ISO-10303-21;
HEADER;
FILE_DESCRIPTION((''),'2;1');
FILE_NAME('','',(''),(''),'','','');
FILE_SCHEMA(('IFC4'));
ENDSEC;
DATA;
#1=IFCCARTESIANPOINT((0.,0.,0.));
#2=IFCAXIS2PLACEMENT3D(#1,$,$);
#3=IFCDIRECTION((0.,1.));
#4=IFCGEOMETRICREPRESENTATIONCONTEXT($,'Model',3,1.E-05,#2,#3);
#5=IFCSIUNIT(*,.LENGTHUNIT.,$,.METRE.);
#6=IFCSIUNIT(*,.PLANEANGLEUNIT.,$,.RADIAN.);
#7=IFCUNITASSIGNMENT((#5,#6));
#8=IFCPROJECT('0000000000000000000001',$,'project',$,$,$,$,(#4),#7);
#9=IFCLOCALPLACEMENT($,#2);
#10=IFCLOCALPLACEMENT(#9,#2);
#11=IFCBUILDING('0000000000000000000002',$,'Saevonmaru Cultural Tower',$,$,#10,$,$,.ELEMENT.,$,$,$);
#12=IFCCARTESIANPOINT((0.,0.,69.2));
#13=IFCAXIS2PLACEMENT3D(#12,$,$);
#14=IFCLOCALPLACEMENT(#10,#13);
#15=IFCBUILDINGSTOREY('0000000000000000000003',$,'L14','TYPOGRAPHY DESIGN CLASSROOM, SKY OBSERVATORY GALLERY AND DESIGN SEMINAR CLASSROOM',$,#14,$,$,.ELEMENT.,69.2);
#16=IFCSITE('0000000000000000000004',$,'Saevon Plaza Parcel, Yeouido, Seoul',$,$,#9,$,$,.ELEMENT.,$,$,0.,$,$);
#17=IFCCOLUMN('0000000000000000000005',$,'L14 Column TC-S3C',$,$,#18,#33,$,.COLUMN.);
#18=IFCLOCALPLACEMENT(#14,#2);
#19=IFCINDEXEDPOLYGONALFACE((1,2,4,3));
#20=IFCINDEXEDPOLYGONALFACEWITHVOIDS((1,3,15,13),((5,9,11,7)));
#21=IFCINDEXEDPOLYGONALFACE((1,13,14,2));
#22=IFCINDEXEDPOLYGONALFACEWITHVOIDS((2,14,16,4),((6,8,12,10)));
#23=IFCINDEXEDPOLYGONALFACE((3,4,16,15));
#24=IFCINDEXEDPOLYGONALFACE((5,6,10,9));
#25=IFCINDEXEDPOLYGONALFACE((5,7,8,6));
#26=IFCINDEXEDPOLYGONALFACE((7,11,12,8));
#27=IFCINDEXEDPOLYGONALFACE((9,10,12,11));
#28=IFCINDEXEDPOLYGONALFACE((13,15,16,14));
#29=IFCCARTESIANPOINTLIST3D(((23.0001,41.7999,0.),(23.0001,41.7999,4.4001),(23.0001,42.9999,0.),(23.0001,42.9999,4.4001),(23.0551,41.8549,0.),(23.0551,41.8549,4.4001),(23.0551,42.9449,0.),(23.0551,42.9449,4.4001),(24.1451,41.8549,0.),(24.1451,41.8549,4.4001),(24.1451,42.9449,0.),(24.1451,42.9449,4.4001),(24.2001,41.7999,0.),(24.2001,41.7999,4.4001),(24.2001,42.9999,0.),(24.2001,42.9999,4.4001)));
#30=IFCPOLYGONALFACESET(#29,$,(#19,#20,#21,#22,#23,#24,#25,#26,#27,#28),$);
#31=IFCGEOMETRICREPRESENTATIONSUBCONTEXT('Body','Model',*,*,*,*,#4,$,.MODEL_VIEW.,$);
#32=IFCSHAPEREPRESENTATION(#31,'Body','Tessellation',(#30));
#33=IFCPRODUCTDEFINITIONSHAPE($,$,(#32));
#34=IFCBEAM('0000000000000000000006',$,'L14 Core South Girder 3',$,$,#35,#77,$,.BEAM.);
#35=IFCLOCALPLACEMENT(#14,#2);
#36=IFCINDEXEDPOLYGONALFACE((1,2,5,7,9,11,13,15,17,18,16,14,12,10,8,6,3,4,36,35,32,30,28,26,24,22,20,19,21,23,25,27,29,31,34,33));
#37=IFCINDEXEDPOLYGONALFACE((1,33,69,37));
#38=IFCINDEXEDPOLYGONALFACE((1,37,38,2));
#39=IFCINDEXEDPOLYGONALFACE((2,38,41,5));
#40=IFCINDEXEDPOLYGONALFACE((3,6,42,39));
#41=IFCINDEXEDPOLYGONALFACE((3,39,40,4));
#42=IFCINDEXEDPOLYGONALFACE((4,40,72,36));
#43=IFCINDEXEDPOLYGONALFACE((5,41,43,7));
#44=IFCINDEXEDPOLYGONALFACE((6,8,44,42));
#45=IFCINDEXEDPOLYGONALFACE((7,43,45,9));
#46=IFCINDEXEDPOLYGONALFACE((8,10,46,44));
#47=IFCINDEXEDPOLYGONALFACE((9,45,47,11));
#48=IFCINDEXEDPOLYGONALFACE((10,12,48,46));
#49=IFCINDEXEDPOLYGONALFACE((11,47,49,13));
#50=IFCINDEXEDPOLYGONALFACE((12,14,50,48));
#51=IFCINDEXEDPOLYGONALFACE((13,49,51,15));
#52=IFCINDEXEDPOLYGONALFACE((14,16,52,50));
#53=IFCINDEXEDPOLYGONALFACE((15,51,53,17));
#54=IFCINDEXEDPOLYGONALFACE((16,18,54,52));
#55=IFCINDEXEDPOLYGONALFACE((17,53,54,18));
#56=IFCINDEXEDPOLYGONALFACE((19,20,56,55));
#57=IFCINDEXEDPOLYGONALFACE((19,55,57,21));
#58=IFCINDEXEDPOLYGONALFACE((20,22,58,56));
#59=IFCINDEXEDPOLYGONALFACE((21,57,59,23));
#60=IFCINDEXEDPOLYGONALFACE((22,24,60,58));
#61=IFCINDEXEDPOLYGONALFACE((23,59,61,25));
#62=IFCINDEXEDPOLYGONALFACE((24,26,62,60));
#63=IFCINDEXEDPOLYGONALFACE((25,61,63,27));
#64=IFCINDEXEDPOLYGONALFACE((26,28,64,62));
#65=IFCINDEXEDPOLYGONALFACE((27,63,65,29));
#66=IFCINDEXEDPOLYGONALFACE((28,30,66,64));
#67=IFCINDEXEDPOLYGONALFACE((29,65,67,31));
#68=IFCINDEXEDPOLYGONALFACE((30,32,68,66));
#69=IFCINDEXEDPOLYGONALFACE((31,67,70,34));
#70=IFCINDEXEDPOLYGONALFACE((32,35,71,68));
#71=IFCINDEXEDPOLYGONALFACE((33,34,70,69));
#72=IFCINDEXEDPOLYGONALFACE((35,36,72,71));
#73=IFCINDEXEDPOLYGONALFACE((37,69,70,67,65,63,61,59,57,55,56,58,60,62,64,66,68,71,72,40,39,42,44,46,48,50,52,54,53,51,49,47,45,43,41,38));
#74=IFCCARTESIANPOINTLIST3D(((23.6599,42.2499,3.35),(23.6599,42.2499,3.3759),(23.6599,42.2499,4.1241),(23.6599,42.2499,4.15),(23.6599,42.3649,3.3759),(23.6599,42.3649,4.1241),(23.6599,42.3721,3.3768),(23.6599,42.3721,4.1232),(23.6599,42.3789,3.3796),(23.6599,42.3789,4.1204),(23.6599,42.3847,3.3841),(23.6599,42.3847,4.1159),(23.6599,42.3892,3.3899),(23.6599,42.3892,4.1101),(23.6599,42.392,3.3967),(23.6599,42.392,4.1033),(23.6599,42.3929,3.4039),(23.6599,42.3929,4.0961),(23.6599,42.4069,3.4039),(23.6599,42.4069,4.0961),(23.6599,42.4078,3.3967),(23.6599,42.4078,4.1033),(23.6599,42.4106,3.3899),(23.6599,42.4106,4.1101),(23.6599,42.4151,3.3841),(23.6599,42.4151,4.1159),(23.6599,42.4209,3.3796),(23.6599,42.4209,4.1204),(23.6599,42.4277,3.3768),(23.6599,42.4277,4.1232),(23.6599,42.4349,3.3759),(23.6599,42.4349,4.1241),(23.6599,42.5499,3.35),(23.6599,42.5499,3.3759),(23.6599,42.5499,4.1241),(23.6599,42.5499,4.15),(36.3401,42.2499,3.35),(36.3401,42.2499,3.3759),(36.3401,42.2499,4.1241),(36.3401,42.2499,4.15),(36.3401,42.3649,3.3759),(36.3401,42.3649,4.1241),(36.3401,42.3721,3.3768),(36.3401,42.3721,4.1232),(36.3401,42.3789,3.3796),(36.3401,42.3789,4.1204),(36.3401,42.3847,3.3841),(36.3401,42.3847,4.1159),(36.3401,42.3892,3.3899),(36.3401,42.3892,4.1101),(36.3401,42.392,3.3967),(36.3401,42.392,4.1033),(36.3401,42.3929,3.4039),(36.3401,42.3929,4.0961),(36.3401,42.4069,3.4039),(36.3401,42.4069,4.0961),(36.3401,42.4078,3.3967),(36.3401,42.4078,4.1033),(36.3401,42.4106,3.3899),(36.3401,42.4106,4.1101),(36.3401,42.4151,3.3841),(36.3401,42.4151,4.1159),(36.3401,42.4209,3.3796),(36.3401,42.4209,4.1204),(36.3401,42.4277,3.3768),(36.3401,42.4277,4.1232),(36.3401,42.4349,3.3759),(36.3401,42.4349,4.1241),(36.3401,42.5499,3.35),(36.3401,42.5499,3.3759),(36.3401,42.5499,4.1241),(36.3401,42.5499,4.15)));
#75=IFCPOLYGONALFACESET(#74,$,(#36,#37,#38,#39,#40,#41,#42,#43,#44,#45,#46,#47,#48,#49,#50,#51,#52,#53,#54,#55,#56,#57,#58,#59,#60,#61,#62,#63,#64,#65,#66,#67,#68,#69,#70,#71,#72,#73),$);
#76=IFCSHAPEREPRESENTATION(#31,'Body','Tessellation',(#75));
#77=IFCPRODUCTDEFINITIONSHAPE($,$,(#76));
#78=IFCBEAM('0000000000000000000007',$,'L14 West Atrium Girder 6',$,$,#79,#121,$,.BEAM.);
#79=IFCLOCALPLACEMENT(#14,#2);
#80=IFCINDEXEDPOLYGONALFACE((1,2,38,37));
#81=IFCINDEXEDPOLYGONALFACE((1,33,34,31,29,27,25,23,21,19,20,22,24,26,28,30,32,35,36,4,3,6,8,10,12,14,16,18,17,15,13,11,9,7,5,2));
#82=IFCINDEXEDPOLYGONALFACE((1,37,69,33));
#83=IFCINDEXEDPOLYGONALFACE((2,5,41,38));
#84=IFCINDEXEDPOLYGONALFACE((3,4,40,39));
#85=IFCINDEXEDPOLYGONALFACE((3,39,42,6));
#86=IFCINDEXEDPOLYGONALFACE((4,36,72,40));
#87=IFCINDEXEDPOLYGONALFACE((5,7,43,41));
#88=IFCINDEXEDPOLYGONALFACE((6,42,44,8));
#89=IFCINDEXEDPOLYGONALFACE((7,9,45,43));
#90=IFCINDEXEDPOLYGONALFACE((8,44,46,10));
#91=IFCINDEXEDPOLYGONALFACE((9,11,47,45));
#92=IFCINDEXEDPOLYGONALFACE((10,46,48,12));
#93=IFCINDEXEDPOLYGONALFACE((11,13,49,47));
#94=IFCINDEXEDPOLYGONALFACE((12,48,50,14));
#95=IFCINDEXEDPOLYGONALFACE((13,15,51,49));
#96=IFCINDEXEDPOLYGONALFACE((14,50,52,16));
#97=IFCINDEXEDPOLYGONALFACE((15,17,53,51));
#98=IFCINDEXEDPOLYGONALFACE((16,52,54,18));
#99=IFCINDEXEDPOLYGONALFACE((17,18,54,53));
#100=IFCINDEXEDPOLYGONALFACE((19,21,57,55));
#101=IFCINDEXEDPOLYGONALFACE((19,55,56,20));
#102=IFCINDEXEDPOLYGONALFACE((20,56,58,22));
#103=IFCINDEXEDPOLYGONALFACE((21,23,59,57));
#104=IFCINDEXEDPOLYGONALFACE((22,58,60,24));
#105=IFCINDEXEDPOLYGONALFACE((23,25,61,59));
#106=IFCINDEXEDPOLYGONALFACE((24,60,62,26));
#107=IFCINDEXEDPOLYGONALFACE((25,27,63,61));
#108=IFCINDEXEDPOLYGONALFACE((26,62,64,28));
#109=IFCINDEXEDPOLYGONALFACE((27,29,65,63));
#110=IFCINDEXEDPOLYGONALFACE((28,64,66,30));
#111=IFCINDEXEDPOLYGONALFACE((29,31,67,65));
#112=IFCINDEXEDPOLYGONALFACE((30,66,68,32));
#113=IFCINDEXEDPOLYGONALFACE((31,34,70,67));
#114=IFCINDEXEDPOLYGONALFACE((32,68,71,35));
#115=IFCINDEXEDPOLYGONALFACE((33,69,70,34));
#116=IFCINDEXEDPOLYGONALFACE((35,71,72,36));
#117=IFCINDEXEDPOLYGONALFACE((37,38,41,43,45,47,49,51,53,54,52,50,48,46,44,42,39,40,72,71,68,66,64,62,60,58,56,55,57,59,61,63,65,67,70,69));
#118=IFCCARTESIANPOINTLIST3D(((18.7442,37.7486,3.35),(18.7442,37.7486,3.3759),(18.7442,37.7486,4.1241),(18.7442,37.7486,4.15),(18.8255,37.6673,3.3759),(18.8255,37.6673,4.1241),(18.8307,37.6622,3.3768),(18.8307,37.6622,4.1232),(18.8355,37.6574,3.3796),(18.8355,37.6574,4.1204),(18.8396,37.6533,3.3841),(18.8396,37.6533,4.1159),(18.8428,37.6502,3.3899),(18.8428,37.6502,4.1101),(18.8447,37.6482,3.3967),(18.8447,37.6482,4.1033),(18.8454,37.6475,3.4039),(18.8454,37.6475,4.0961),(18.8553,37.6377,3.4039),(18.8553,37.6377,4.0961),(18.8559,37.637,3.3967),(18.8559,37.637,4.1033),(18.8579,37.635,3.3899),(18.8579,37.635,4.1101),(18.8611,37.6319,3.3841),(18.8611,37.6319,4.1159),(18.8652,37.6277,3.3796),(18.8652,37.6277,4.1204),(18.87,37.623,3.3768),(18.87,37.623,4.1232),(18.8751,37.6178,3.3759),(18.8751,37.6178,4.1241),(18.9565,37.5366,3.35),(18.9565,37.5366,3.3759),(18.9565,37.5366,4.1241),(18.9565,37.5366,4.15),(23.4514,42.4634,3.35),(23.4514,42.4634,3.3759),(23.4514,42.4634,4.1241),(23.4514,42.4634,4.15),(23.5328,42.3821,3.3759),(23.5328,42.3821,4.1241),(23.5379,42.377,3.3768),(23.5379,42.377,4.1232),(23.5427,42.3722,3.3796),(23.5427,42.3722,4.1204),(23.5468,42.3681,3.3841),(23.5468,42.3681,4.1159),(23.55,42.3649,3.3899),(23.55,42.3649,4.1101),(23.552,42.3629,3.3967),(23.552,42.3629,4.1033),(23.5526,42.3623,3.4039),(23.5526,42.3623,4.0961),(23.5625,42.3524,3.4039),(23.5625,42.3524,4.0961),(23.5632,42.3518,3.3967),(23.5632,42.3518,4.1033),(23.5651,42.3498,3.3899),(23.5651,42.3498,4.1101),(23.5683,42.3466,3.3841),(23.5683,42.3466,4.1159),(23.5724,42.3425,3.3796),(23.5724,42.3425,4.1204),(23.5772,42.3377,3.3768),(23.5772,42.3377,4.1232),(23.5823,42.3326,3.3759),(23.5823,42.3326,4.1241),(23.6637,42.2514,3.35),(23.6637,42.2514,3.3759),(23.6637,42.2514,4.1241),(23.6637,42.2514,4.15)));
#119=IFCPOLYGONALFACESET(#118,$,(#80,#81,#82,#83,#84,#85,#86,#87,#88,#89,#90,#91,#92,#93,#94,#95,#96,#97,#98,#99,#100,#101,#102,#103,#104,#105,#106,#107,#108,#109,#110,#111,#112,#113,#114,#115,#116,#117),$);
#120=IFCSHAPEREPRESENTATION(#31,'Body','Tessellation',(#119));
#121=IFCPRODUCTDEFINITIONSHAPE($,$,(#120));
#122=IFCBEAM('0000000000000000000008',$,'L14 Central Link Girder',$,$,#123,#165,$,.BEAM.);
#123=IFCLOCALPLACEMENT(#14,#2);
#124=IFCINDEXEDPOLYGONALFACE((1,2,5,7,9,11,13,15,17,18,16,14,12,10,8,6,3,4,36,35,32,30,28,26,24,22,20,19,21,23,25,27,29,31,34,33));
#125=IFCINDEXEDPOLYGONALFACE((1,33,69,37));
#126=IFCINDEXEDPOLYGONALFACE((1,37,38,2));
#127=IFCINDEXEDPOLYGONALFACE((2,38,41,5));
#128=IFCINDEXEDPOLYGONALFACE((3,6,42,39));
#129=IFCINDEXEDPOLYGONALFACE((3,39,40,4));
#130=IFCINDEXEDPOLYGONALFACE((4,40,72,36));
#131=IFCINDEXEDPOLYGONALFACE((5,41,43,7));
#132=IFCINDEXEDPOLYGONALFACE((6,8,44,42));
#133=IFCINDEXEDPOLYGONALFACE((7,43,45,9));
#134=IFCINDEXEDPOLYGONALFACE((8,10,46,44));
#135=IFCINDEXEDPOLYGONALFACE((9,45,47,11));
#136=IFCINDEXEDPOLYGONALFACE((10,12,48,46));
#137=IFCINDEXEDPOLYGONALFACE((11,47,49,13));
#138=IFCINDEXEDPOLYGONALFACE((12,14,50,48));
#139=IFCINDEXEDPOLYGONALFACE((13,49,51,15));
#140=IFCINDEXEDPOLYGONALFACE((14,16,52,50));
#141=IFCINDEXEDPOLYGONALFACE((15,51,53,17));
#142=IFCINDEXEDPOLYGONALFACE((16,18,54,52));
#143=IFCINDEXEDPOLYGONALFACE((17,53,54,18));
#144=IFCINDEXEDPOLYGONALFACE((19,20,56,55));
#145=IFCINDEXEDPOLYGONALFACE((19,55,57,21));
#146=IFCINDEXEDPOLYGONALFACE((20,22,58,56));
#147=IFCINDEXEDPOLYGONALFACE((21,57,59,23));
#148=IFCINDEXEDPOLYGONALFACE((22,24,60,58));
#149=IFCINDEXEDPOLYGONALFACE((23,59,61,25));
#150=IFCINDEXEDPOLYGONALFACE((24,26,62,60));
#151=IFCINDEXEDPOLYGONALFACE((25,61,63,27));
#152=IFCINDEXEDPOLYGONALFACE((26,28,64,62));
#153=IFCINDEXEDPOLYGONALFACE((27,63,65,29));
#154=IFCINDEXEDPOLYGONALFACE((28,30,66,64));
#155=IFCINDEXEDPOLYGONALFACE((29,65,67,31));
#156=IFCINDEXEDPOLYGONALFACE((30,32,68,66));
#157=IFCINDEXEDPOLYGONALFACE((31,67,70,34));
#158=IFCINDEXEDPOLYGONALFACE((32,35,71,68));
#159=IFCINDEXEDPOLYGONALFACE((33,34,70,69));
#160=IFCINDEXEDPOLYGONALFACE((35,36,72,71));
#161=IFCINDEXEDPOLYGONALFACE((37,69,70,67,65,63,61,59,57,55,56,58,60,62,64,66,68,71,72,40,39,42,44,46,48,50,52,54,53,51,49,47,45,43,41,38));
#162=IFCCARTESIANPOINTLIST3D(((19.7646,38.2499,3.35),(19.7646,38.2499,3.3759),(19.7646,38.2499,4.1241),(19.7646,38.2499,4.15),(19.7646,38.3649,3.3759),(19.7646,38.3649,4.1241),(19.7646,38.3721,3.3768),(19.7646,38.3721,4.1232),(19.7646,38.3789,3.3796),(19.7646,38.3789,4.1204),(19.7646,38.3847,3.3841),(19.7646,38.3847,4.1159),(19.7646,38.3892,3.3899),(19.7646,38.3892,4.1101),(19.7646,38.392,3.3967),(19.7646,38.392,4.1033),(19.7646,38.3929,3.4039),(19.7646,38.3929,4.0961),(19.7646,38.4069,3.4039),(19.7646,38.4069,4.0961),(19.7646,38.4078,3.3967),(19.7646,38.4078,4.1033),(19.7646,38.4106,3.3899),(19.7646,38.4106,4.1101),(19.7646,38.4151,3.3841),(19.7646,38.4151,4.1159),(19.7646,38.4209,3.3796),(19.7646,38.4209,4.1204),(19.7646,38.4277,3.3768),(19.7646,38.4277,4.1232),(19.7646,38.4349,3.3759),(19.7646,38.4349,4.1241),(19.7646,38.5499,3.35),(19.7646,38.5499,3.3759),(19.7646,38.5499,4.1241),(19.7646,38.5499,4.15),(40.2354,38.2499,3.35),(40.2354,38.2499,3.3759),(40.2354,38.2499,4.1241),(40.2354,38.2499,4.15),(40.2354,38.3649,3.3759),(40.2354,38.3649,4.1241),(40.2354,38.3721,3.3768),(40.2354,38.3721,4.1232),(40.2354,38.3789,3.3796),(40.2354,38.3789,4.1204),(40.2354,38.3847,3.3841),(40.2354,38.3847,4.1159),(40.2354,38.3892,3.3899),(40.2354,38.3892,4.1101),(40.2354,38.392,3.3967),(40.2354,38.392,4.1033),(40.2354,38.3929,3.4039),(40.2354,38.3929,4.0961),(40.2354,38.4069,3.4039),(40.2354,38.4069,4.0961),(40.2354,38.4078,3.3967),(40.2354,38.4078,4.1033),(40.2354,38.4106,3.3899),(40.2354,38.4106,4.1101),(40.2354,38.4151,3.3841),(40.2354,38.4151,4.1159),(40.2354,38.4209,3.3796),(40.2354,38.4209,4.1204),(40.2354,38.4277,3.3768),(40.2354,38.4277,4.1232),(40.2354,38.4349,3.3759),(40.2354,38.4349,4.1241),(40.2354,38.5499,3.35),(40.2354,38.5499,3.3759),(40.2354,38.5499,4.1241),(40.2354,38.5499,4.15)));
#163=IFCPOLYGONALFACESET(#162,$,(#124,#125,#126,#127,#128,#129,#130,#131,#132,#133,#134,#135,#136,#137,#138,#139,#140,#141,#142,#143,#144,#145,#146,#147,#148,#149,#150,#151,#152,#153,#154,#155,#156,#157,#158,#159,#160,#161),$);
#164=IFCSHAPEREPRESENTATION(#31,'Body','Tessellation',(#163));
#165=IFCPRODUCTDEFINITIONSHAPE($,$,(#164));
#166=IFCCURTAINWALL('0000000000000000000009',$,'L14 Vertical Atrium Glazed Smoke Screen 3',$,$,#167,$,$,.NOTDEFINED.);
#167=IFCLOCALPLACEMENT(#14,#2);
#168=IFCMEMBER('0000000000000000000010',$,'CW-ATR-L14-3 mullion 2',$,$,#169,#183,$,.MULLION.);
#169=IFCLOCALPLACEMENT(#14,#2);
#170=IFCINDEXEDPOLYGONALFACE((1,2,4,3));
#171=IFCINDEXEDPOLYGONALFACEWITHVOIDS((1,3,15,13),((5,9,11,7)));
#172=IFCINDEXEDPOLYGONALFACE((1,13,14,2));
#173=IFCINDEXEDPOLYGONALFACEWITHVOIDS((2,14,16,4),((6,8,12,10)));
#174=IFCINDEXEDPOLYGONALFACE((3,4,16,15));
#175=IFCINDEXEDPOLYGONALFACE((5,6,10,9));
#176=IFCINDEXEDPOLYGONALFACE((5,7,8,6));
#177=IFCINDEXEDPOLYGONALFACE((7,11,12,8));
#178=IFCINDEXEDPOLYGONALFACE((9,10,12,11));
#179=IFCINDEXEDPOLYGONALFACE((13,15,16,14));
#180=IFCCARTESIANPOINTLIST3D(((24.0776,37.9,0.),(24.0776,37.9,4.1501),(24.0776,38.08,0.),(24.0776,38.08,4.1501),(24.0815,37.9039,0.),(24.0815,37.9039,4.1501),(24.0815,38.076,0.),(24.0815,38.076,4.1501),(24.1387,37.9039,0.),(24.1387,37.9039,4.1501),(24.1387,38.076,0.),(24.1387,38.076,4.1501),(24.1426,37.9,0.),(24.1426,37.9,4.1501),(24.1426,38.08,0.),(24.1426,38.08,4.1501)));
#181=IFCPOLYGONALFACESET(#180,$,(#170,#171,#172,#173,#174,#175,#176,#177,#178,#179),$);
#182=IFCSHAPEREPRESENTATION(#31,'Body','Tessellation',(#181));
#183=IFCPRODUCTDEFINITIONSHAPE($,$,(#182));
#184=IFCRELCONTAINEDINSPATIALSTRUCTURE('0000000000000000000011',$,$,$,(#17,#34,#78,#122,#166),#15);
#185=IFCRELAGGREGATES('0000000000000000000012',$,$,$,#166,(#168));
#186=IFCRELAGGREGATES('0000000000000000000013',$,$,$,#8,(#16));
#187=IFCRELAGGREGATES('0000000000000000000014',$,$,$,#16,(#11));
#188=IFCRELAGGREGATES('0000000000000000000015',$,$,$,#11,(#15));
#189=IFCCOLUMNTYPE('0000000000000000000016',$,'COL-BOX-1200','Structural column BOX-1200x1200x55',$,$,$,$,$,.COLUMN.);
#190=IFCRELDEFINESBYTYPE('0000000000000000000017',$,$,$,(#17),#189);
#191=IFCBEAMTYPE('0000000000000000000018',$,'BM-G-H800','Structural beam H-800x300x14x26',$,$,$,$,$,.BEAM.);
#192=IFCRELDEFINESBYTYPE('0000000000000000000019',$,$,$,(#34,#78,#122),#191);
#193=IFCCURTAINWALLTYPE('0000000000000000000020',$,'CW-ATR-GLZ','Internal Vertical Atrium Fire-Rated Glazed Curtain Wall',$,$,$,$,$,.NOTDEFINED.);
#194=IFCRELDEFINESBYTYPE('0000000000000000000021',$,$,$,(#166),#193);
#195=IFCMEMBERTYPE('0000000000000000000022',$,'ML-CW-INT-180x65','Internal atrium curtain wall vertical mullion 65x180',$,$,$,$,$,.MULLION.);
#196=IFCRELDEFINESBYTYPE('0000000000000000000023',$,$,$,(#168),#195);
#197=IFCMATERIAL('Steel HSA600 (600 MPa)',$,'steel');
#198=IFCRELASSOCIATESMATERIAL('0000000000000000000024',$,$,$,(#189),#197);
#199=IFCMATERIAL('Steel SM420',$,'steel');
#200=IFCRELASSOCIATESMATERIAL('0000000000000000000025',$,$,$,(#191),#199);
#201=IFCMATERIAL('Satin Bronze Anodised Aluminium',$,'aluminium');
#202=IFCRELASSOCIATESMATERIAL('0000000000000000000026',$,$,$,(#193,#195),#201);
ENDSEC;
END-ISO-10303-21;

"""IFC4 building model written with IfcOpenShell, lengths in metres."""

from ifc_helpers import new_model, si_unit, direction, frame, origin, origin_2d, place, context, subcontext, project, spatial, hollow_rectangle, i_section, extrude, material, material_profile, profile_set, type_object, element, aggregate, save


model = new_model("IFC4")

# Units and contexts
model_context = context("Model", 3, precision=1e-05, world=origin(), true_north=direction((0.0, 1.0)))
body_context = subcontext(model_context, "Body", "Model", "MODEL_VIEW")
ifc_project = project(units=[si_unit("LENGTHUNIT", "METRE"), si_unit("PLANEANGLEUNIT", "RADIAN")], contexts=[model_context])

# Site, building, storey
site_placement = place(None, origin())
site = spatial("IfcSite", under=ifc_project, at=site_placement, Name="Saevon Plaza Parcel, Yeouido, Seoul", CompositionType="ELEMENT", RefElevation=0.0)
building_placement = place(site_placement, origin())
building = spatial("IfcBuilding", under=site, at=building_placement, Name="Saevonmaru Cultural Tower", CompositionType="ELEMENT")
storey_placement = place(building_placement, frame((0.0, 0.0, 69.2)))
storey = spatial("IfcBuildingStorey", under=building, at=storey_placement, Name="L14", Description="TYPOGRAPHY DESIGN CLASSROOM, SKY OBSERVATORY GALLERY AND DESIGN SEMINAR CLASSROOM", CompositionType="ELEMENT", Elevation=69.2)

# Column
ifc_material_1 = material(Name="Steel HSA600 (600 MPa)", Category="steel")
ifc_material_profile_1 = material_profile(ifc_material_1, hollow_rectangle(XDim=1.2, YDim=1.2, WallThickness=0.0549, at=origin_2d()), Name="BOX-1200x1200x55")
ifc_profile_set_1 = profile_set([ifc_material_profile_1], Name="Steel HSA600 (600 MPa)")
column_type = type_object("IfcColumnType", Name="COL-BOX-1200", Description="Structural column BOX-1200x1200x55", PredefinedType="COLUMN", material=ifc_profile_set_1)
column_placement = place(storey_placement, frame((23.6001, 42.3999, 0.0), z_axis=(0.0, 0.0, 1.0), x_axis=(1.0, 0.0, 0.0)))
element("IfcColumn", 1, at=column_placement, inside=storey, type_object=column_type, Name="L14 Column TC-S3C", PredefinedType="COLUMN", context=body_context, shape_type="SweptSolid", body=[
    extrude(hollow_rectangle(XDim=1.2, YDim=1.2, WallThickness=0.0549, at=origin_2d()), origin(), (0.0, 0.0, 1.0), 4.4001),
])

# Beams
ifc_material_2 = material(Name="Steel SM420", Category="steel")
ifc_material_profile_2 = material_profile(ifc_material_2, i_section(OverallWidth=0.3, OverallDepth=0.8, WebThickness=0.0139, FlangeThickness=0.0259, FilletRadius=0.0281, at=origin_2d()), Name="H-800x300x14x26")
ifc_profile_set_2 = profile_set([ifc_material_profile_2], Name="Steel SM420")
beam_type = type_object("IfcBeamType", Name="BM-G-H800", Description="Structural beam H-800x300x14x26", PredefinedType="BEAM", material=ifc_profile_set_2)
beam_1_placement = place(storey_placement, frame((23.6599, 42.3999, 3.75), z_axis=(1.0, 0.0, 0.0), x_axis=(0.0, 1.0, 0.0)))
element("IfcBeam", 2, at=beam_1_placement, inside=storey, type_object=beam_type, Name="L14 Core South Girder 3", PredefinedType="BEAM", context=body_context, shape_type="SweptSolid", body=[
    extrude(i_section(OverallWidth=0.3, OverallDepth=0.8, WebThickness=0.0139, FlangeThickness=0.0259, FilletRadius=0.0281, at=origin_2d()), origin(), (0.0, 0.0, 1.0), 12.6802),
])
beam_2_placement = place(storey_placement, frame((18.8503, 37.6426, 3.75), z_axis=(0.706539, 0.707675, 0.0), x_axis=(-0.707675, 0.706539, 0.0)))
element("IfcBeam", 3, at=beam_2_placement, inside=storey, type_object=beam_type, Name="L14 West Atrium Girder 6", PredefinedType="BEAM", context=body_context, shape_type="SweptSolid", body=[
    extrude(i_section(OverallWidth=0.3, OverallDepth=0.8, WebThickness=0.0139, FlangeThickness=0.0259, FilletRadius=0.0281, at=origin_2d()), origin(), (0.0, 0.0, 1.0), 6.6624),
])
beam_3_placement = place(storey_placement, frame((19.7646, 38.3999, 3.75), z_axis=(1.0, 0.0, 0.0), x_axis=(0.0, 1.0, 0.0)))
element("IfcBeam", 4, at=beam_3_placement, inside=storey, type_object=beam_type, Name="L14 Central Link Girder", PredefinedType="BEAM", context=body_context, shape_type="SweptSolid", body=[
    extrude(i_section(OverallWidth=0.3, OverallDepth=0.8, WebThickness=0.0139, FlangeThickness=0.0259, FilletRadius=0.0281, at=origin_2d()), origin(), (0.0, 0.0, 1.0), 20.4707),
])

# Curtain wall, member
ifc_material_3 = material(Name="Satin Bronze Anodised Aluminium", Category="aluminium")
curtain_wall_type = type_object("IfcCurtainWallType", Name="CW-ATR-GLZ", Description="Internal Vertical Atrium Fire-Rated Glazed Curtain Wall", PredefinedType="NOTDEFINED", material=ifc_material_3)
curtain_wall_1_placement = place(storey_placement, origin())
curtain_wall_1 = element("IfcCurtainWall", 5, at=curtain_wall_1_placement, inside=storey, type_object=curtain_wall_type, Name="L14 Vertical Atrium Glazed Smoke Screen 3", PredefinedType="NOTDEFINED")
ifc_material_profile_3 = material_profile(ifc_material_3, hollow_rectangle(XDim=0.0649, YDim=0.1799, WallThickness=0.0039, at=origin_2d()), Name="ALU-MULL-180x65x4")
ifc_profile_set_3 = profile_set([ifc_material_profile_3], Name="Satin Bronze Anodised Aluminium")
member_type_1 = type_object("IfcMemberType", Name="ML-CW-INT-180x65", Description="Internal atrium curtain wall vertical mullion 65x180", PredefinedType="MULLION", material=ifc_profile_set_3)
member_1_placement = place(storey_placement, frame((24.1101, 37.99, 0.0), z_axis=(0.0, 0.0, 1.0), x_axis=(-1.0, 0.0, 0.0)))
member_1 = element("IfcMember", 6, at=member_1_placement, type_object=member_type_1, Name="CW-ATR-L14-3 mullion 2", PredefinedType="MULLION", context=body_context, shape_type="SweptSolid", body=[
    extrude(hollow_rectangle(XDim=0.0649, YDim=0.1799, WallThickness=0.0039, at=origin_2d()), origin(), (0.0, 0.0, 1.0), 4.1501),
])
aggregate(curtain_wall_1, [member_1])

save(model, "model.ifc")
